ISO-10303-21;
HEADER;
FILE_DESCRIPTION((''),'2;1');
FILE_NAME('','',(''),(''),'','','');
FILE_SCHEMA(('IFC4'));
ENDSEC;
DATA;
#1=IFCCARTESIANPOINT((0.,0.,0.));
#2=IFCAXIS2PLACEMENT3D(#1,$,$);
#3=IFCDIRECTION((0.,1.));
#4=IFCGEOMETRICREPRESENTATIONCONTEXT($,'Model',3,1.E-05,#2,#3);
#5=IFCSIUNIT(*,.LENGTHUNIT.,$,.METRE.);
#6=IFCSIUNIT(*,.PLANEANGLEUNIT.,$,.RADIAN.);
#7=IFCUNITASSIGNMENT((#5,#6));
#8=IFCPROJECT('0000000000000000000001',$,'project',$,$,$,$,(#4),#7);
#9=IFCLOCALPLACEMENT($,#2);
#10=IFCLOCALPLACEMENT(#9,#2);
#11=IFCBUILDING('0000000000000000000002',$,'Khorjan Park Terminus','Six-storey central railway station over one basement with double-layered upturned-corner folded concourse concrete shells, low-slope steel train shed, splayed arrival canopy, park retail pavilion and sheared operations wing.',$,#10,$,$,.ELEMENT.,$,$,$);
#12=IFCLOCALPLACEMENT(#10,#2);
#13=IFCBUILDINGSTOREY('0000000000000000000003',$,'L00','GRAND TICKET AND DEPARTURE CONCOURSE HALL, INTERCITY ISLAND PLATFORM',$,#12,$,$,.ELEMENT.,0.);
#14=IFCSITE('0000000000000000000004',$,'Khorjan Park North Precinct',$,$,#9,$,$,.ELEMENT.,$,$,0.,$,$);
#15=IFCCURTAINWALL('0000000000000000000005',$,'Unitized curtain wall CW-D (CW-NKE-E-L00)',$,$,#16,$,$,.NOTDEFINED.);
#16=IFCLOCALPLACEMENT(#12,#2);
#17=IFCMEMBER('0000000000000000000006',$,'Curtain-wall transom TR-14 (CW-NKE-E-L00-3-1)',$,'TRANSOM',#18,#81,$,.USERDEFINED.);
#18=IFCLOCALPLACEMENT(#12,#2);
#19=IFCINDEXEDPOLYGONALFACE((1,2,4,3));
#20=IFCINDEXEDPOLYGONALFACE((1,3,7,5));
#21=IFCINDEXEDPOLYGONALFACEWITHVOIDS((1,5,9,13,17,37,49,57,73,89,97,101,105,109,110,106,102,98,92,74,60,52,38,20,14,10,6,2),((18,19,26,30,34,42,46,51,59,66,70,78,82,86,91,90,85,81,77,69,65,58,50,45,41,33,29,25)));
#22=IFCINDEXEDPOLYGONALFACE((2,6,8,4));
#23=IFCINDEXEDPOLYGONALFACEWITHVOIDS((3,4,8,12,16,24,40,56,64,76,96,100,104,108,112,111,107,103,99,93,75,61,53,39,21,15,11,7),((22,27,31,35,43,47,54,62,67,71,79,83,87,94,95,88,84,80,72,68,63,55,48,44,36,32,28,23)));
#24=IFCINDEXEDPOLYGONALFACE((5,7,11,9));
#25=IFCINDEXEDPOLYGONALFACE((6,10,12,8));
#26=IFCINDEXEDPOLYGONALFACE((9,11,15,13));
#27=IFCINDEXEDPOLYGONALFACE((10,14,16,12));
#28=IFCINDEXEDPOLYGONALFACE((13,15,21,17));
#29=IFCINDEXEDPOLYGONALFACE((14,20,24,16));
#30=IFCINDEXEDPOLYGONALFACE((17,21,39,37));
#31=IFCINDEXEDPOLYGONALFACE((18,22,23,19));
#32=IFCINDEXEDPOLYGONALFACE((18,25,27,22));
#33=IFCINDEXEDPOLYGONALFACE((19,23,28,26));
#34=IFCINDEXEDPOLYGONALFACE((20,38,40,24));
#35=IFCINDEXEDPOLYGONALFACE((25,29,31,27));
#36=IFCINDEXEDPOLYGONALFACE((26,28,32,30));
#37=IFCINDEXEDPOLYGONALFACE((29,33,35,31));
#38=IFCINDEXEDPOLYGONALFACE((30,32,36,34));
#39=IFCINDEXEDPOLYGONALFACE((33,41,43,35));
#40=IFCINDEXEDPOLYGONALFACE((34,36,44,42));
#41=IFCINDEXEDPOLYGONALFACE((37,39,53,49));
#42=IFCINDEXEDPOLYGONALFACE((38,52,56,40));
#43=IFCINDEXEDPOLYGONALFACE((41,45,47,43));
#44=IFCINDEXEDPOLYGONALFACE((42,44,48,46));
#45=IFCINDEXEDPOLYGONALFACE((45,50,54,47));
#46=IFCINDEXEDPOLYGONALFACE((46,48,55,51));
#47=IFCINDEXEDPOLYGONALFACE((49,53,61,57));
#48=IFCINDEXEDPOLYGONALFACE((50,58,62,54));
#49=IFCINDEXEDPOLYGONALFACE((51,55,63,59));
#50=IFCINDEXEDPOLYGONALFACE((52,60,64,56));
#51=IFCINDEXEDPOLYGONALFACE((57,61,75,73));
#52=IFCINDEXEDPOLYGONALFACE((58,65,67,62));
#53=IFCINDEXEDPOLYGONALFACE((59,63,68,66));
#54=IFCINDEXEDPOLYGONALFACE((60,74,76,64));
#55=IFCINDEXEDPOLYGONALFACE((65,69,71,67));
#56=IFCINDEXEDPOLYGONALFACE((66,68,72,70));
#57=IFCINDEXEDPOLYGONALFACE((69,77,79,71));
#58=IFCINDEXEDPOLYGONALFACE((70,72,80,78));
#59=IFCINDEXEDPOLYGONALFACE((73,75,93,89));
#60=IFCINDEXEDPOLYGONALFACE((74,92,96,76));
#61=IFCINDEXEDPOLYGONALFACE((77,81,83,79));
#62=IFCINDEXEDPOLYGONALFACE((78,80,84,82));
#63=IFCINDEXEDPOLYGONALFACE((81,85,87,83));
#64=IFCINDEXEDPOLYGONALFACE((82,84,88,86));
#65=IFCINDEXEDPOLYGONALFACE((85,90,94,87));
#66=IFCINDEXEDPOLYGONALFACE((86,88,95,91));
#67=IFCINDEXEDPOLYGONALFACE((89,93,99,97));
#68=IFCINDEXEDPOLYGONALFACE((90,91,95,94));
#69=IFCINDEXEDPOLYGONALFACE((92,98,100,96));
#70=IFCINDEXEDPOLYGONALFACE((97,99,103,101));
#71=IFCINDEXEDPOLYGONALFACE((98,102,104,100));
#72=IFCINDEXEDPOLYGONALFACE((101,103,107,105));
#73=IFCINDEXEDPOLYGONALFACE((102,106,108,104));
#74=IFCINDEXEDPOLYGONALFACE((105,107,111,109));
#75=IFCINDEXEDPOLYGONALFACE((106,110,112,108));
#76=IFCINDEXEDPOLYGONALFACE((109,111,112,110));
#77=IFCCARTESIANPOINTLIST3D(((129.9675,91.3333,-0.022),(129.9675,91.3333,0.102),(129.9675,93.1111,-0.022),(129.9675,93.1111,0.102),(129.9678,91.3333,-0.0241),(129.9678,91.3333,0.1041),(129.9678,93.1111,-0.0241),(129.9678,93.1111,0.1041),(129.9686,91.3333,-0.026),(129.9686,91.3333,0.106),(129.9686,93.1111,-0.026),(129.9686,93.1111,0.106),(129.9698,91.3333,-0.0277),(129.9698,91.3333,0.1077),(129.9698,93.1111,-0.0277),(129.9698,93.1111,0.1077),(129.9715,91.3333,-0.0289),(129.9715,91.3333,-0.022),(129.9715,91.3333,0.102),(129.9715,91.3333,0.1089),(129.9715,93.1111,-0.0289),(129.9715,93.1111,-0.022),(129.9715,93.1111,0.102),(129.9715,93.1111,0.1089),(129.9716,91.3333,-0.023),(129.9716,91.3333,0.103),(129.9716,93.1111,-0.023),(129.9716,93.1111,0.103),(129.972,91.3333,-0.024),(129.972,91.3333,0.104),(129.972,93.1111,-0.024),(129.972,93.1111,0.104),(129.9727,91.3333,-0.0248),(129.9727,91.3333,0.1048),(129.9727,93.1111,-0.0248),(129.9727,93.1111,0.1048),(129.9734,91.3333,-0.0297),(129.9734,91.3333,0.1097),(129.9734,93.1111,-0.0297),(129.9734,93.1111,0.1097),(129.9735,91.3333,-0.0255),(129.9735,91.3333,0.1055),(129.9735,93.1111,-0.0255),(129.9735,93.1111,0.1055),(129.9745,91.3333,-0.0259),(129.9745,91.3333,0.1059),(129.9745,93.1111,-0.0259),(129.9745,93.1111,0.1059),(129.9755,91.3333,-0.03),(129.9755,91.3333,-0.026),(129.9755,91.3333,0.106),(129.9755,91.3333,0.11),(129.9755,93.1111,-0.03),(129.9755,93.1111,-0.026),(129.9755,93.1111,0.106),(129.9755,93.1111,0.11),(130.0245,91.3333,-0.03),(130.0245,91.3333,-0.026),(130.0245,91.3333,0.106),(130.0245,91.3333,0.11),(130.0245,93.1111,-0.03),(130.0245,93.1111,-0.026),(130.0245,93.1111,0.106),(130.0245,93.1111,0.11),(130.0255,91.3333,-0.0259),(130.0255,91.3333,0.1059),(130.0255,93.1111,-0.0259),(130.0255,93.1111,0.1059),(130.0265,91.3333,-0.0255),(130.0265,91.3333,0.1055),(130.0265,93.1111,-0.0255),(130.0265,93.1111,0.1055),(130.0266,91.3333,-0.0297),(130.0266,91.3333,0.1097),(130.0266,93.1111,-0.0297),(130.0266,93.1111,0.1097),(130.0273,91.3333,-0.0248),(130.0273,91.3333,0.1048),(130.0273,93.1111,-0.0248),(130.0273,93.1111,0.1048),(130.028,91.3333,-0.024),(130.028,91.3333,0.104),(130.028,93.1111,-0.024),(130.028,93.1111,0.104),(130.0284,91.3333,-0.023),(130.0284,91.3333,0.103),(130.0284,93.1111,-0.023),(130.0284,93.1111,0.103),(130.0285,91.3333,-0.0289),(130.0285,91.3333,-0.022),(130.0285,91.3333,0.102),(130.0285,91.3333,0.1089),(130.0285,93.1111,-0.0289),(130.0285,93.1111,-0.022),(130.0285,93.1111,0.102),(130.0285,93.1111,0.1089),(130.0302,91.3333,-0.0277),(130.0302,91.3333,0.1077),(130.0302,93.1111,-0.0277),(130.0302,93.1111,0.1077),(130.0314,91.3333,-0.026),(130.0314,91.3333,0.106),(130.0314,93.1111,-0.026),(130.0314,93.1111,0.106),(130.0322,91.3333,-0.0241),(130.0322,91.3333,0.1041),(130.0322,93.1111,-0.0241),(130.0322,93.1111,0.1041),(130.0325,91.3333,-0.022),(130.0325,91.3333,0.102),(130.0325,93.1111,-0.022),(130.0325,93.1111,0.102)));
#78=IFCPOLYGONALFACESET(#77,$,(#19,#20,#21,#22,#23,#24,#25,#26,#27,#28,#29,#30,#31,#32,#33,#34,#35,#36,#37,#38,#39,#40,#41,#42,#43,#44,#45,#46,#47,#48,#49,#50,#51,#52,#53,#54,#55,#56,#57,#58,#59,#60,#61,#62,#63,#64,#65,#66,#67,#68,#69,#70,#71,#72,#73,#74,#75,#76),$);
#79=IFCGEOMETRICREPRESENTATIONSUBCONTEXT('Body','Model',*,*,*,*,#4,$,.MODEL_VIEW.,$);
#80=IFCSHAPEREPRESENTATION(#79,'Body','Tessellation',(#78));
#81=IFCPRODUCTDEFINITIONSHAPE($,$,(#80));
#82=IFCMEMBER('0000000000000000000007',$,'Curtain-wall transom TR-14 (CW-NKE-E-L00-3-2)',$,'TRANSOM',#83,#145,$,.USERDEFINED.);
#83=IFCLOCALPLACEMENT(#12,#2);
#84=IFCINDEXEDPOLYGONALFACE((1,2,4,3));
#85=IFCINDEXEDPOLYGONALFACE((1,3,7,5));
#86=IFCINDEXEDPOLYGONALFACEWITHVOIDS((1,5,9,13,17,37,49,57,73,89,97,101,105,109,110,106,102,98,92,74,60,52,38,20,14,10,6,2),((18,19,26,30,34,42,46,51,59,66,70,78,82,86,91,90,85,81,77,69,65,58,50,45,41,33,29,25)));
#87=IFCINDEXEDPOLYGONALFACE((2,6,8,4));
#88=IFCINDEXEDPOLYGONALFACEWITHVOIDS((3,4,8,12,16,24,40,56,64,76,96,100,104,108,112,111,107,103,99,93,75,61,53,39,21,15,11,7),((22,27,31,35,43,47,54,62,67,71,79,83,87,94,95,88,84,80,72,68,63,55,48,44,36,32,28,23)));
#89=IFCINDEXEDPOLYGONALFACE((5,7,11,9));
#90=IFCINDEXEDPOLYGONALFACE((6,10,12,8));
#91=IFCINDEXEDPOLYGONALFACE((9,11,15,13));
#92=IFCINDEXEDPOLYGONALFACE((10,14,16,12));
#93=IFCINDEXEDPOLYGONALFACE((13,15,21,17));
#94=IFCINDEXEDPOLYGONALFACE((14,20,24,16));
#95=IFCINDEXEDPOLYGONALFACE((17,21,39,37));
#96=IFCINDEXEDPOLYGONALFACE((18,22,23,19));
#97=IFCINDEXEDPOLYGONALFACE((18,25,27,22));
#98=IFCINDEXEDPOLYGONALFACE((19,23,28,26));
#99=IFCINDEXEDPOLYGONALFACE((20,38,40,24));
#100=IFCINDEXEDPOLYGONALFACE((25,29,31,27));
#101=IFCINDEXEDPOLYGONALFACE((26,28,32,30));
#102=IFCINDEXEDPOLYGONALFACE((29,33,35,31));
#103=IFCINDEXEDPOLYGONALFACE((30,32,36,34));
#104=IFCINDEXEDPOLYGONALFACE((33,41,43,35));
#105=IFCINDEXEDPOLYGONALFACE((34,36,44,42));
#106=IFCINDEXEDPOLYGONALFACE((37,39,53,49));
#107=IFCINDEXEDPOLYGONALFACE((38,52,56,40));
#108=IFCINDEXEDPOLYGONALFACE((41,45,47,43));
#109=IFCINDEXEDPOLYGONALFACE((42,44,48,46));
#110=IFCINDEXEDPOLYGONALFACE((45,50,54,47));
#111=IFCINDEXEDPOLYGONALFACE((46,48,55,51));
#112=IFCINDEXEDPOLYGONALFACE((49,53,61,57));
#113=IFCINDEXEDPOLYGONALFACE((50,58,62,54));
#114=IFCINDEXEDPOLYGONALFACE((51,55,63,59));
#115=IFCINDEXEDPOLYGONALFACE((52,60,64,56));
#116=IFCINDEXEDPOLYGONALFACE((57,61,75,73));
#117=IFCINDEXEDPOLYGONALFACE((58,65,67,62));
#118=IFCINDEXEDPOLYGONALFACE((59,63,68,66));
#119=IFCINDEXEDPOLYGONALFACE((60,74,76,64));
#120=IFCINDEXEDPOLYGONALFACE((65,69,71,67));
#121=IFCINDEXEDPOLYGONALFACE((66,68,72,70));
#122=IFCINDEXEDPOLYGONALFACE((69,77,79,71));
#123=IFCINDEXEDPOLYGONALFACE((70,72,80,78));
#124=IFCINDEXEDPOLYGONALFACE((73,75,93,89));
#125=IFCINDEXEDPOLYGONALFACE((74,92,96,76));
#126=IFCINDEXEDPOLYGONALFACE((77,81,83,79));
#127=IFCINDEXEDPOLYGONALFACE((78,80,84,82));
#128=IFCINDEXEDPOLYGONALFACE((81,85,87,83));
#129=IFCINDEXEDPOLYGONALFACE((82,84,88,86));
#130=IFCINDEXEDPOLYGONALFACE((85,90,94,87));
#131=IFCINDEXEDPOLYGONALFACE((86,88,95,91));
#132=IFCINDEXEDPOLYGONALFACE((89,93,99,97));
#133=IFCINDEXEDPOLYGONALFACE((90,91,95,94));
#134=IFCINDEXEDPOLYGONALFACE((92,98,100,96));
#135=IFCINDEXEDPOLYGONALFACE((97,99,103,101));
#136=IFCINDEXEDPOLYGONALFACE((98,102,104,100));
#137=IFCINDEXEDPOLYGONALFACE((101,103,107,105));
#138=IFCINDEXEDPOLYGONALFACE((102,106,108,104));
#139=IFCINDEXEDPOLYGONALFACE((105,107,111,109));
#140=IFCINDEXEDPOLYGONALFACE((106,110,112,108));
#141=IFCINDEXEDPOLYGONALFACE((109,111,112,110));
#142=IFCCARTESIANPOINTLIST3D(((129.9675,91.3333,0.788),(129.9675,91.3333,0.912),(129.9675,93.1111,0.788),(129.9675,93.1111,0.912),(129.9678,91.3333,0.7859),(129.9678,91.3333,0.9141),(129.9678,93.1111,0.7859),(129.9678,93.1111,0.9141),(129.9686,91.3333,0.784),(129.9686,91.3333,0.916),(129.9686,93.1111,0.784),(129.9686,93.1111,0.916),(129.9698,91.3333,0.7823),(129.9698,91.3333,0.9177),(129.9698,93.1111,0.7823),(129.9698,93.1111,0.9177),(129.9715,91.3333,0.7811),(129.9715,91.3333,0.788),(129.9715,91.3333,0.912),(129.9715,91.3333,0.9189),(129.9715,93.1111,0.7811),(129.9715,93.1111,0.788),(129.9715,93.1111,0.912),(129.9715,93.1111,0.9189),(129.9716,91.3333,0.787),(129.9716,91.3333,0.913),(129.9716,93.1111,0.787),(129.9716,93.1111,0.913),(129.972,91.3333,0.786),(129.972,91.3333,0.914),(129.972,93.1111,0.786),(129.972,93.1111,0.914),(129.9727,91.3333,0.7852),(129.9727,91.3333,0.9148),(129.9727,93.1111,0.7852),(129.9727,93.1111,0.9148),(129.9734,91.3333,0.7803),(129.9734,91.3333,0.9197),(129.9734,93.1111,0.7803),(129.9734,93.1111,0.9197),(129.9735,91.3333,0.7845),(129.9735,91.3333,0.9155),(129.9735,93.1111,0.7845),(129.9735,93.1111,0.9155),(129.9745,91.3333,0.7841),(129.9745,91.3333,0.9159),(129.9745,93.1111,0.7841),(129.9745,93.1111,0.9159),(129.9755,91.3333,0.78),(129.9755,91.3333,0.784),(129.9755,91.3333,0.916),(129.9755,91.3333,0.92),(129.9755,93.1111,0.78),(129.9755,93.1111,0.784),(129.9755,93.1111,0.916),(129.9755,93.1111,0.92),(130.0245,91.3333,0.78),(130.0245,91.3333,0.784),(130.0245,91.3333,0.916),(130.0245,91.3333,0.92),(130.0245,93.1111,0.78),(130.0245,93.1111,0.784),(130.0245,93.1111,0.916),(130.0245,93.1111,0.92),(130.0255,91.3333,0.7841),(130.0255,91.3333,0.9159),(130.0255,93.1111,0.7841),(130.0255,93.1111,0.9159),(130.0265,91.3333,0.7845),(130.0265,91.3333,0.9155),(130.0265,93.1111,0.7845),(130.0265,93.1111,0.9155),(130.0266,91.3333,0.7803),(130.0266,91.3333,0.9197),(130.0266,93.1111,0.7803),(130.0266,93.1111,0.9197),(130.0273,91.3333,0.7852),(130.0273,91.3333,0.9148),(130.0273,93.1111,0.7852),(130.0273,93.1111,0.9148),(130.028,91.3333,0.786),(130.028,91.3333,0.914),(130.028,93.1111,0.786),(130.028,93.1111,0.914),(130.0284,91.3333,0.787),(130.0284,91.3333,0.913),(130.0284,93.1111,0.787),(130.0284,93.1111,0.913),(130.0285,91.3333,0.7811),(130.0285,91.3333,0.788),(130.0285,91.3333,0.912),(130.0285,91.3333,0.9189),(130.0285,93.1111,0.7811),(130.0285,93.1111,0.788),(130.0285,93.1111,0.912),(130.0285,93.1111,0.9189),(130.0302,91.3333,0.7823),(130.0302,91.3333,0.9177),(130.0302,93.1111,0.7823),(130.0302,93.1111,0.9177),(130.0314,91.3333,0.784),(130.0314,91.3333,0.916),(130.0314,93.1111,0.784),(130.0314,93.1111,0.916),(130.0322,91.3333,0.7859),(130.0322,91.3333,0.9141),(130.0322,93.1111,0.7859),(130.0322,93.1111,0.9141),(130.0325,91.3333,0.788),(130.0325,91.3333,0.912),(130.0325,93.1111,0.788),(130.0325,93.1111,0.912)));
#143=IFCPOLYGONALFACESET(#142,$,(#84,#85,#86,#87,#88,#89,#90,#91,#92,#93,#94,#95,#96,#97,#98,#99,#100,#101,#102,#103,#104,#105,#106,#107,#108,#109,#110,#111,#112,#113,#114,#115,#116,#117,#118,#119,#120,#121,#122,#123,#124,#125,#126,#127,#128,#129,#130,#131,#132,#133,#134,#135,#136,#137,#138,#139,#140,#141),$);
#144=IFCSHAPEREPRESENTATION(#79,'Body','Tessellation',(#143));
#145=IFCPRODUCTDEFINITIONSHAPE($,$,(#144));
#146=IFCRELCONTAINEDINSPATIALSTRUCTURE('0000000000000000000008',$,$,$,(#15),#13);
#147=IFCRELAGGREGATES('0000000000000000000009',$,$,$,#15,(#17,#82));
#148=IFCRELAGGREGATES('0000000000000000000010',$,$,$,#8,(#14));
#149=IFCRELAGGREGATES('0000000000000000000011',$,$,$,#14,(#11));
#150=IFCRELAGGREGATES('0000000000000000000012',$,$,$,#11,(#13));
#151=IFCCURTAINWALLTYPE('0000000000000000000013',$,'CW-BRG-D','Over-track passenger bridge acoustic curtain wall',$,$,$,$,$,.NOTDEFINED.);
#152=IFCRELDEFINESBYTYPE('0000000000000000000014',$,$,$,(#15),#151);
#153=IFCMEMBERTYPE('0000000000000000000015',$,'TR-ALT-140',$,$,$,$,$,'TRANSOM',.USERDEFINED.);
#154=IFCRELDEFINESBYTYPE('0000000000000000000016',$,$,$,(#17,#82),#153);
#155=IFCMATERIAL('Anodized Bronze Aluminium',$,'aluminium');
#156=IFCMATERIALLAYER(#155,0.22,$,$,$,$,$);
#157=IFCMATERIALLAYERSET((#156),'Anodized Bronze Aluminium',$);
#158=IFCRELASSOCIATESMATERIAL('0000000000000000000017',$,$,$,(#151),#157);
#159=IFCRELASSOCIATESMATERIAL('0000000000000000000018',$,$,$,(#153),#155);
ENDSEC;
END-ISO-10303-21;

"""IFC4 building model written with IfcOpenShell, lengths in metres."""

from ifc_helpers import new_model, si_unit, direction, frame, origin, origin_2d, place, context, subcontext, project, spatial, hollow_rectangle, extrude, material, layer, layer_set, material_profile, profile_set, type_object, element, aggregate, save


model = new_model("IFC4")

# Units and contexts
model_context = context("Model", 3, precision=1e-05, world=origin(), true_north=direction((0.0, 1.0)))
body_context = subcontext(model_context, "Body", "Model", "MODEL_VIEW")
ifc_project = project(units=[si_unit("LENGTHUNIT", "METRE"), si_unit("PLANEANGLEUNIT", "RADIAN")], contexts=[model_context])

# Site, building, storey
site_placement = place(None, origin())
site = spatial("IfcSite", under=ifc_project, at=site_placement, Name="Khorjan Park North Precinct", CompositionType="ELEMENT", RefElevation=0.0)
building_placement = place(site_placement, origin())
building = spatial("IfcBuilding", under=site, at=building_placement, Name="Khorjan Park Terminus", Description="Six-storey central railway station over one basement with double-layered upturned-corner folded concourse concrete shells, low-slope steel train shed, splayed arrival canopy, park retail pavilion and sheared operations wing.", CompositionType="ELEMENT")
storey_placement = place(building_placement, origin())
storey = spatial("IfcBuildingStorey", under=building, at=storey_placement, Name="L00", Description="GRAND TICKET AND DEPARTURE CONCOURSE HALL, INTERCITY ISLAND PLATFORM", CompositionType="ELEMENT", Elevation=0.0)

# Curtain wall, members
ifc_material_1 = material(Name="Anodized Bronze Aluminium", Category="aluminium")
ifc_layer_1 = layer(ifc_material_1, 0.22)
ifc_layer_set_1 = layer_set([ifc_layer_1], Name="Anodized Bronze Aluminium")
curtain_wall_type = type_object("IfcCurtainWallType", Name="CW-BRG-D", Description="Over-track passenger bridge acoustic curtain wall", PredefinedType="NOTDEFINED", material=ifc_layer_set_1)
curtain_wall_placement = place(storey_placement, origin())
curtain_wall = element("IfcCurtainWall", 1, at=curtain_wall_placement, inside=storey, type_object=curtain_wall_type, Name="Unitized curtain wall CW-D (CW-NKE-E-L00)", PredefinedType="NOTDEFINED")
ifc_material_profile_1 = material_profile(ifc_material_1, hollow_rectangle(XDim=0.065, YDim=0.14, WallThickness=0.004, InnerFilletRadius=0.004, OuterFilletRadius=0.008, at=origin_2d()), Name="ALT 65x140x4")
ifc_profile_set_1 = profile_set([ifc_material_profile_1], Name="Anodized Bronze Aluminium")
member_type_1 = type_object("IfcMemberType", Name="TR-ALT-140", ElementType="TRANSOM", PredefinedType="USERDEFINED", material=ifc_profile_set_1)
member_1_placement = place(storey_placement, frame((130.0, 91.3333, 0.04), z_axis=(0.0, 1.0, 0.0), x_axis=(-1.0, 0.0, 0.0)))
member_1 = element("IfcMember", 2, at=member_1_placement, type_object=member_type_1, Name="Curtain-wall transom TR-14 (CW-NKE-E-L00-3-1)", ObjectType="TRANSOM", PredefinedType="USERDEFINED", context=body_context, shape_type="SweptSolid", body=[
    extrude(hollow_rectangle(XDim=0.065, YDim=0.14, WallThickness=0.004, InnerFilletRadius=0.004, OuterFilletRadius=0.008, at=origin_2d()), origin(), (0.0, 0.0, 1.0), 1.7778),
])
member_2_placement = place(storey_placement, frame((130.0, 91.3333, 0.85), z_axis=(0.0, 1.0, 0.0), x_axis=(-1.0, 0.0, 0.0)))
member_2 = element("IfcMember", 3, at=member_2_placement, type_object=member_type_1, Name="Curtain-wall transom TR-14 (CW-NKE-E-L00-3-2)", ObjectType="TRANSOM", PredefinedType="USERDEFINED", context=body_context, shape_type="SweptSolid", body=[
    extrude(hollow_rectangle(XDim=0.065, YDim=0.14, WallThickness=0.004, InnerFilletRadius=0.004, OuterFilletRadius=0.008, at=origin_2d()), origin(), (0.0, 0.0, 1.0), 1.7778),
])
aggregate(curtain_wall, [member_1, member_2])

save(model, "model.ifc")
